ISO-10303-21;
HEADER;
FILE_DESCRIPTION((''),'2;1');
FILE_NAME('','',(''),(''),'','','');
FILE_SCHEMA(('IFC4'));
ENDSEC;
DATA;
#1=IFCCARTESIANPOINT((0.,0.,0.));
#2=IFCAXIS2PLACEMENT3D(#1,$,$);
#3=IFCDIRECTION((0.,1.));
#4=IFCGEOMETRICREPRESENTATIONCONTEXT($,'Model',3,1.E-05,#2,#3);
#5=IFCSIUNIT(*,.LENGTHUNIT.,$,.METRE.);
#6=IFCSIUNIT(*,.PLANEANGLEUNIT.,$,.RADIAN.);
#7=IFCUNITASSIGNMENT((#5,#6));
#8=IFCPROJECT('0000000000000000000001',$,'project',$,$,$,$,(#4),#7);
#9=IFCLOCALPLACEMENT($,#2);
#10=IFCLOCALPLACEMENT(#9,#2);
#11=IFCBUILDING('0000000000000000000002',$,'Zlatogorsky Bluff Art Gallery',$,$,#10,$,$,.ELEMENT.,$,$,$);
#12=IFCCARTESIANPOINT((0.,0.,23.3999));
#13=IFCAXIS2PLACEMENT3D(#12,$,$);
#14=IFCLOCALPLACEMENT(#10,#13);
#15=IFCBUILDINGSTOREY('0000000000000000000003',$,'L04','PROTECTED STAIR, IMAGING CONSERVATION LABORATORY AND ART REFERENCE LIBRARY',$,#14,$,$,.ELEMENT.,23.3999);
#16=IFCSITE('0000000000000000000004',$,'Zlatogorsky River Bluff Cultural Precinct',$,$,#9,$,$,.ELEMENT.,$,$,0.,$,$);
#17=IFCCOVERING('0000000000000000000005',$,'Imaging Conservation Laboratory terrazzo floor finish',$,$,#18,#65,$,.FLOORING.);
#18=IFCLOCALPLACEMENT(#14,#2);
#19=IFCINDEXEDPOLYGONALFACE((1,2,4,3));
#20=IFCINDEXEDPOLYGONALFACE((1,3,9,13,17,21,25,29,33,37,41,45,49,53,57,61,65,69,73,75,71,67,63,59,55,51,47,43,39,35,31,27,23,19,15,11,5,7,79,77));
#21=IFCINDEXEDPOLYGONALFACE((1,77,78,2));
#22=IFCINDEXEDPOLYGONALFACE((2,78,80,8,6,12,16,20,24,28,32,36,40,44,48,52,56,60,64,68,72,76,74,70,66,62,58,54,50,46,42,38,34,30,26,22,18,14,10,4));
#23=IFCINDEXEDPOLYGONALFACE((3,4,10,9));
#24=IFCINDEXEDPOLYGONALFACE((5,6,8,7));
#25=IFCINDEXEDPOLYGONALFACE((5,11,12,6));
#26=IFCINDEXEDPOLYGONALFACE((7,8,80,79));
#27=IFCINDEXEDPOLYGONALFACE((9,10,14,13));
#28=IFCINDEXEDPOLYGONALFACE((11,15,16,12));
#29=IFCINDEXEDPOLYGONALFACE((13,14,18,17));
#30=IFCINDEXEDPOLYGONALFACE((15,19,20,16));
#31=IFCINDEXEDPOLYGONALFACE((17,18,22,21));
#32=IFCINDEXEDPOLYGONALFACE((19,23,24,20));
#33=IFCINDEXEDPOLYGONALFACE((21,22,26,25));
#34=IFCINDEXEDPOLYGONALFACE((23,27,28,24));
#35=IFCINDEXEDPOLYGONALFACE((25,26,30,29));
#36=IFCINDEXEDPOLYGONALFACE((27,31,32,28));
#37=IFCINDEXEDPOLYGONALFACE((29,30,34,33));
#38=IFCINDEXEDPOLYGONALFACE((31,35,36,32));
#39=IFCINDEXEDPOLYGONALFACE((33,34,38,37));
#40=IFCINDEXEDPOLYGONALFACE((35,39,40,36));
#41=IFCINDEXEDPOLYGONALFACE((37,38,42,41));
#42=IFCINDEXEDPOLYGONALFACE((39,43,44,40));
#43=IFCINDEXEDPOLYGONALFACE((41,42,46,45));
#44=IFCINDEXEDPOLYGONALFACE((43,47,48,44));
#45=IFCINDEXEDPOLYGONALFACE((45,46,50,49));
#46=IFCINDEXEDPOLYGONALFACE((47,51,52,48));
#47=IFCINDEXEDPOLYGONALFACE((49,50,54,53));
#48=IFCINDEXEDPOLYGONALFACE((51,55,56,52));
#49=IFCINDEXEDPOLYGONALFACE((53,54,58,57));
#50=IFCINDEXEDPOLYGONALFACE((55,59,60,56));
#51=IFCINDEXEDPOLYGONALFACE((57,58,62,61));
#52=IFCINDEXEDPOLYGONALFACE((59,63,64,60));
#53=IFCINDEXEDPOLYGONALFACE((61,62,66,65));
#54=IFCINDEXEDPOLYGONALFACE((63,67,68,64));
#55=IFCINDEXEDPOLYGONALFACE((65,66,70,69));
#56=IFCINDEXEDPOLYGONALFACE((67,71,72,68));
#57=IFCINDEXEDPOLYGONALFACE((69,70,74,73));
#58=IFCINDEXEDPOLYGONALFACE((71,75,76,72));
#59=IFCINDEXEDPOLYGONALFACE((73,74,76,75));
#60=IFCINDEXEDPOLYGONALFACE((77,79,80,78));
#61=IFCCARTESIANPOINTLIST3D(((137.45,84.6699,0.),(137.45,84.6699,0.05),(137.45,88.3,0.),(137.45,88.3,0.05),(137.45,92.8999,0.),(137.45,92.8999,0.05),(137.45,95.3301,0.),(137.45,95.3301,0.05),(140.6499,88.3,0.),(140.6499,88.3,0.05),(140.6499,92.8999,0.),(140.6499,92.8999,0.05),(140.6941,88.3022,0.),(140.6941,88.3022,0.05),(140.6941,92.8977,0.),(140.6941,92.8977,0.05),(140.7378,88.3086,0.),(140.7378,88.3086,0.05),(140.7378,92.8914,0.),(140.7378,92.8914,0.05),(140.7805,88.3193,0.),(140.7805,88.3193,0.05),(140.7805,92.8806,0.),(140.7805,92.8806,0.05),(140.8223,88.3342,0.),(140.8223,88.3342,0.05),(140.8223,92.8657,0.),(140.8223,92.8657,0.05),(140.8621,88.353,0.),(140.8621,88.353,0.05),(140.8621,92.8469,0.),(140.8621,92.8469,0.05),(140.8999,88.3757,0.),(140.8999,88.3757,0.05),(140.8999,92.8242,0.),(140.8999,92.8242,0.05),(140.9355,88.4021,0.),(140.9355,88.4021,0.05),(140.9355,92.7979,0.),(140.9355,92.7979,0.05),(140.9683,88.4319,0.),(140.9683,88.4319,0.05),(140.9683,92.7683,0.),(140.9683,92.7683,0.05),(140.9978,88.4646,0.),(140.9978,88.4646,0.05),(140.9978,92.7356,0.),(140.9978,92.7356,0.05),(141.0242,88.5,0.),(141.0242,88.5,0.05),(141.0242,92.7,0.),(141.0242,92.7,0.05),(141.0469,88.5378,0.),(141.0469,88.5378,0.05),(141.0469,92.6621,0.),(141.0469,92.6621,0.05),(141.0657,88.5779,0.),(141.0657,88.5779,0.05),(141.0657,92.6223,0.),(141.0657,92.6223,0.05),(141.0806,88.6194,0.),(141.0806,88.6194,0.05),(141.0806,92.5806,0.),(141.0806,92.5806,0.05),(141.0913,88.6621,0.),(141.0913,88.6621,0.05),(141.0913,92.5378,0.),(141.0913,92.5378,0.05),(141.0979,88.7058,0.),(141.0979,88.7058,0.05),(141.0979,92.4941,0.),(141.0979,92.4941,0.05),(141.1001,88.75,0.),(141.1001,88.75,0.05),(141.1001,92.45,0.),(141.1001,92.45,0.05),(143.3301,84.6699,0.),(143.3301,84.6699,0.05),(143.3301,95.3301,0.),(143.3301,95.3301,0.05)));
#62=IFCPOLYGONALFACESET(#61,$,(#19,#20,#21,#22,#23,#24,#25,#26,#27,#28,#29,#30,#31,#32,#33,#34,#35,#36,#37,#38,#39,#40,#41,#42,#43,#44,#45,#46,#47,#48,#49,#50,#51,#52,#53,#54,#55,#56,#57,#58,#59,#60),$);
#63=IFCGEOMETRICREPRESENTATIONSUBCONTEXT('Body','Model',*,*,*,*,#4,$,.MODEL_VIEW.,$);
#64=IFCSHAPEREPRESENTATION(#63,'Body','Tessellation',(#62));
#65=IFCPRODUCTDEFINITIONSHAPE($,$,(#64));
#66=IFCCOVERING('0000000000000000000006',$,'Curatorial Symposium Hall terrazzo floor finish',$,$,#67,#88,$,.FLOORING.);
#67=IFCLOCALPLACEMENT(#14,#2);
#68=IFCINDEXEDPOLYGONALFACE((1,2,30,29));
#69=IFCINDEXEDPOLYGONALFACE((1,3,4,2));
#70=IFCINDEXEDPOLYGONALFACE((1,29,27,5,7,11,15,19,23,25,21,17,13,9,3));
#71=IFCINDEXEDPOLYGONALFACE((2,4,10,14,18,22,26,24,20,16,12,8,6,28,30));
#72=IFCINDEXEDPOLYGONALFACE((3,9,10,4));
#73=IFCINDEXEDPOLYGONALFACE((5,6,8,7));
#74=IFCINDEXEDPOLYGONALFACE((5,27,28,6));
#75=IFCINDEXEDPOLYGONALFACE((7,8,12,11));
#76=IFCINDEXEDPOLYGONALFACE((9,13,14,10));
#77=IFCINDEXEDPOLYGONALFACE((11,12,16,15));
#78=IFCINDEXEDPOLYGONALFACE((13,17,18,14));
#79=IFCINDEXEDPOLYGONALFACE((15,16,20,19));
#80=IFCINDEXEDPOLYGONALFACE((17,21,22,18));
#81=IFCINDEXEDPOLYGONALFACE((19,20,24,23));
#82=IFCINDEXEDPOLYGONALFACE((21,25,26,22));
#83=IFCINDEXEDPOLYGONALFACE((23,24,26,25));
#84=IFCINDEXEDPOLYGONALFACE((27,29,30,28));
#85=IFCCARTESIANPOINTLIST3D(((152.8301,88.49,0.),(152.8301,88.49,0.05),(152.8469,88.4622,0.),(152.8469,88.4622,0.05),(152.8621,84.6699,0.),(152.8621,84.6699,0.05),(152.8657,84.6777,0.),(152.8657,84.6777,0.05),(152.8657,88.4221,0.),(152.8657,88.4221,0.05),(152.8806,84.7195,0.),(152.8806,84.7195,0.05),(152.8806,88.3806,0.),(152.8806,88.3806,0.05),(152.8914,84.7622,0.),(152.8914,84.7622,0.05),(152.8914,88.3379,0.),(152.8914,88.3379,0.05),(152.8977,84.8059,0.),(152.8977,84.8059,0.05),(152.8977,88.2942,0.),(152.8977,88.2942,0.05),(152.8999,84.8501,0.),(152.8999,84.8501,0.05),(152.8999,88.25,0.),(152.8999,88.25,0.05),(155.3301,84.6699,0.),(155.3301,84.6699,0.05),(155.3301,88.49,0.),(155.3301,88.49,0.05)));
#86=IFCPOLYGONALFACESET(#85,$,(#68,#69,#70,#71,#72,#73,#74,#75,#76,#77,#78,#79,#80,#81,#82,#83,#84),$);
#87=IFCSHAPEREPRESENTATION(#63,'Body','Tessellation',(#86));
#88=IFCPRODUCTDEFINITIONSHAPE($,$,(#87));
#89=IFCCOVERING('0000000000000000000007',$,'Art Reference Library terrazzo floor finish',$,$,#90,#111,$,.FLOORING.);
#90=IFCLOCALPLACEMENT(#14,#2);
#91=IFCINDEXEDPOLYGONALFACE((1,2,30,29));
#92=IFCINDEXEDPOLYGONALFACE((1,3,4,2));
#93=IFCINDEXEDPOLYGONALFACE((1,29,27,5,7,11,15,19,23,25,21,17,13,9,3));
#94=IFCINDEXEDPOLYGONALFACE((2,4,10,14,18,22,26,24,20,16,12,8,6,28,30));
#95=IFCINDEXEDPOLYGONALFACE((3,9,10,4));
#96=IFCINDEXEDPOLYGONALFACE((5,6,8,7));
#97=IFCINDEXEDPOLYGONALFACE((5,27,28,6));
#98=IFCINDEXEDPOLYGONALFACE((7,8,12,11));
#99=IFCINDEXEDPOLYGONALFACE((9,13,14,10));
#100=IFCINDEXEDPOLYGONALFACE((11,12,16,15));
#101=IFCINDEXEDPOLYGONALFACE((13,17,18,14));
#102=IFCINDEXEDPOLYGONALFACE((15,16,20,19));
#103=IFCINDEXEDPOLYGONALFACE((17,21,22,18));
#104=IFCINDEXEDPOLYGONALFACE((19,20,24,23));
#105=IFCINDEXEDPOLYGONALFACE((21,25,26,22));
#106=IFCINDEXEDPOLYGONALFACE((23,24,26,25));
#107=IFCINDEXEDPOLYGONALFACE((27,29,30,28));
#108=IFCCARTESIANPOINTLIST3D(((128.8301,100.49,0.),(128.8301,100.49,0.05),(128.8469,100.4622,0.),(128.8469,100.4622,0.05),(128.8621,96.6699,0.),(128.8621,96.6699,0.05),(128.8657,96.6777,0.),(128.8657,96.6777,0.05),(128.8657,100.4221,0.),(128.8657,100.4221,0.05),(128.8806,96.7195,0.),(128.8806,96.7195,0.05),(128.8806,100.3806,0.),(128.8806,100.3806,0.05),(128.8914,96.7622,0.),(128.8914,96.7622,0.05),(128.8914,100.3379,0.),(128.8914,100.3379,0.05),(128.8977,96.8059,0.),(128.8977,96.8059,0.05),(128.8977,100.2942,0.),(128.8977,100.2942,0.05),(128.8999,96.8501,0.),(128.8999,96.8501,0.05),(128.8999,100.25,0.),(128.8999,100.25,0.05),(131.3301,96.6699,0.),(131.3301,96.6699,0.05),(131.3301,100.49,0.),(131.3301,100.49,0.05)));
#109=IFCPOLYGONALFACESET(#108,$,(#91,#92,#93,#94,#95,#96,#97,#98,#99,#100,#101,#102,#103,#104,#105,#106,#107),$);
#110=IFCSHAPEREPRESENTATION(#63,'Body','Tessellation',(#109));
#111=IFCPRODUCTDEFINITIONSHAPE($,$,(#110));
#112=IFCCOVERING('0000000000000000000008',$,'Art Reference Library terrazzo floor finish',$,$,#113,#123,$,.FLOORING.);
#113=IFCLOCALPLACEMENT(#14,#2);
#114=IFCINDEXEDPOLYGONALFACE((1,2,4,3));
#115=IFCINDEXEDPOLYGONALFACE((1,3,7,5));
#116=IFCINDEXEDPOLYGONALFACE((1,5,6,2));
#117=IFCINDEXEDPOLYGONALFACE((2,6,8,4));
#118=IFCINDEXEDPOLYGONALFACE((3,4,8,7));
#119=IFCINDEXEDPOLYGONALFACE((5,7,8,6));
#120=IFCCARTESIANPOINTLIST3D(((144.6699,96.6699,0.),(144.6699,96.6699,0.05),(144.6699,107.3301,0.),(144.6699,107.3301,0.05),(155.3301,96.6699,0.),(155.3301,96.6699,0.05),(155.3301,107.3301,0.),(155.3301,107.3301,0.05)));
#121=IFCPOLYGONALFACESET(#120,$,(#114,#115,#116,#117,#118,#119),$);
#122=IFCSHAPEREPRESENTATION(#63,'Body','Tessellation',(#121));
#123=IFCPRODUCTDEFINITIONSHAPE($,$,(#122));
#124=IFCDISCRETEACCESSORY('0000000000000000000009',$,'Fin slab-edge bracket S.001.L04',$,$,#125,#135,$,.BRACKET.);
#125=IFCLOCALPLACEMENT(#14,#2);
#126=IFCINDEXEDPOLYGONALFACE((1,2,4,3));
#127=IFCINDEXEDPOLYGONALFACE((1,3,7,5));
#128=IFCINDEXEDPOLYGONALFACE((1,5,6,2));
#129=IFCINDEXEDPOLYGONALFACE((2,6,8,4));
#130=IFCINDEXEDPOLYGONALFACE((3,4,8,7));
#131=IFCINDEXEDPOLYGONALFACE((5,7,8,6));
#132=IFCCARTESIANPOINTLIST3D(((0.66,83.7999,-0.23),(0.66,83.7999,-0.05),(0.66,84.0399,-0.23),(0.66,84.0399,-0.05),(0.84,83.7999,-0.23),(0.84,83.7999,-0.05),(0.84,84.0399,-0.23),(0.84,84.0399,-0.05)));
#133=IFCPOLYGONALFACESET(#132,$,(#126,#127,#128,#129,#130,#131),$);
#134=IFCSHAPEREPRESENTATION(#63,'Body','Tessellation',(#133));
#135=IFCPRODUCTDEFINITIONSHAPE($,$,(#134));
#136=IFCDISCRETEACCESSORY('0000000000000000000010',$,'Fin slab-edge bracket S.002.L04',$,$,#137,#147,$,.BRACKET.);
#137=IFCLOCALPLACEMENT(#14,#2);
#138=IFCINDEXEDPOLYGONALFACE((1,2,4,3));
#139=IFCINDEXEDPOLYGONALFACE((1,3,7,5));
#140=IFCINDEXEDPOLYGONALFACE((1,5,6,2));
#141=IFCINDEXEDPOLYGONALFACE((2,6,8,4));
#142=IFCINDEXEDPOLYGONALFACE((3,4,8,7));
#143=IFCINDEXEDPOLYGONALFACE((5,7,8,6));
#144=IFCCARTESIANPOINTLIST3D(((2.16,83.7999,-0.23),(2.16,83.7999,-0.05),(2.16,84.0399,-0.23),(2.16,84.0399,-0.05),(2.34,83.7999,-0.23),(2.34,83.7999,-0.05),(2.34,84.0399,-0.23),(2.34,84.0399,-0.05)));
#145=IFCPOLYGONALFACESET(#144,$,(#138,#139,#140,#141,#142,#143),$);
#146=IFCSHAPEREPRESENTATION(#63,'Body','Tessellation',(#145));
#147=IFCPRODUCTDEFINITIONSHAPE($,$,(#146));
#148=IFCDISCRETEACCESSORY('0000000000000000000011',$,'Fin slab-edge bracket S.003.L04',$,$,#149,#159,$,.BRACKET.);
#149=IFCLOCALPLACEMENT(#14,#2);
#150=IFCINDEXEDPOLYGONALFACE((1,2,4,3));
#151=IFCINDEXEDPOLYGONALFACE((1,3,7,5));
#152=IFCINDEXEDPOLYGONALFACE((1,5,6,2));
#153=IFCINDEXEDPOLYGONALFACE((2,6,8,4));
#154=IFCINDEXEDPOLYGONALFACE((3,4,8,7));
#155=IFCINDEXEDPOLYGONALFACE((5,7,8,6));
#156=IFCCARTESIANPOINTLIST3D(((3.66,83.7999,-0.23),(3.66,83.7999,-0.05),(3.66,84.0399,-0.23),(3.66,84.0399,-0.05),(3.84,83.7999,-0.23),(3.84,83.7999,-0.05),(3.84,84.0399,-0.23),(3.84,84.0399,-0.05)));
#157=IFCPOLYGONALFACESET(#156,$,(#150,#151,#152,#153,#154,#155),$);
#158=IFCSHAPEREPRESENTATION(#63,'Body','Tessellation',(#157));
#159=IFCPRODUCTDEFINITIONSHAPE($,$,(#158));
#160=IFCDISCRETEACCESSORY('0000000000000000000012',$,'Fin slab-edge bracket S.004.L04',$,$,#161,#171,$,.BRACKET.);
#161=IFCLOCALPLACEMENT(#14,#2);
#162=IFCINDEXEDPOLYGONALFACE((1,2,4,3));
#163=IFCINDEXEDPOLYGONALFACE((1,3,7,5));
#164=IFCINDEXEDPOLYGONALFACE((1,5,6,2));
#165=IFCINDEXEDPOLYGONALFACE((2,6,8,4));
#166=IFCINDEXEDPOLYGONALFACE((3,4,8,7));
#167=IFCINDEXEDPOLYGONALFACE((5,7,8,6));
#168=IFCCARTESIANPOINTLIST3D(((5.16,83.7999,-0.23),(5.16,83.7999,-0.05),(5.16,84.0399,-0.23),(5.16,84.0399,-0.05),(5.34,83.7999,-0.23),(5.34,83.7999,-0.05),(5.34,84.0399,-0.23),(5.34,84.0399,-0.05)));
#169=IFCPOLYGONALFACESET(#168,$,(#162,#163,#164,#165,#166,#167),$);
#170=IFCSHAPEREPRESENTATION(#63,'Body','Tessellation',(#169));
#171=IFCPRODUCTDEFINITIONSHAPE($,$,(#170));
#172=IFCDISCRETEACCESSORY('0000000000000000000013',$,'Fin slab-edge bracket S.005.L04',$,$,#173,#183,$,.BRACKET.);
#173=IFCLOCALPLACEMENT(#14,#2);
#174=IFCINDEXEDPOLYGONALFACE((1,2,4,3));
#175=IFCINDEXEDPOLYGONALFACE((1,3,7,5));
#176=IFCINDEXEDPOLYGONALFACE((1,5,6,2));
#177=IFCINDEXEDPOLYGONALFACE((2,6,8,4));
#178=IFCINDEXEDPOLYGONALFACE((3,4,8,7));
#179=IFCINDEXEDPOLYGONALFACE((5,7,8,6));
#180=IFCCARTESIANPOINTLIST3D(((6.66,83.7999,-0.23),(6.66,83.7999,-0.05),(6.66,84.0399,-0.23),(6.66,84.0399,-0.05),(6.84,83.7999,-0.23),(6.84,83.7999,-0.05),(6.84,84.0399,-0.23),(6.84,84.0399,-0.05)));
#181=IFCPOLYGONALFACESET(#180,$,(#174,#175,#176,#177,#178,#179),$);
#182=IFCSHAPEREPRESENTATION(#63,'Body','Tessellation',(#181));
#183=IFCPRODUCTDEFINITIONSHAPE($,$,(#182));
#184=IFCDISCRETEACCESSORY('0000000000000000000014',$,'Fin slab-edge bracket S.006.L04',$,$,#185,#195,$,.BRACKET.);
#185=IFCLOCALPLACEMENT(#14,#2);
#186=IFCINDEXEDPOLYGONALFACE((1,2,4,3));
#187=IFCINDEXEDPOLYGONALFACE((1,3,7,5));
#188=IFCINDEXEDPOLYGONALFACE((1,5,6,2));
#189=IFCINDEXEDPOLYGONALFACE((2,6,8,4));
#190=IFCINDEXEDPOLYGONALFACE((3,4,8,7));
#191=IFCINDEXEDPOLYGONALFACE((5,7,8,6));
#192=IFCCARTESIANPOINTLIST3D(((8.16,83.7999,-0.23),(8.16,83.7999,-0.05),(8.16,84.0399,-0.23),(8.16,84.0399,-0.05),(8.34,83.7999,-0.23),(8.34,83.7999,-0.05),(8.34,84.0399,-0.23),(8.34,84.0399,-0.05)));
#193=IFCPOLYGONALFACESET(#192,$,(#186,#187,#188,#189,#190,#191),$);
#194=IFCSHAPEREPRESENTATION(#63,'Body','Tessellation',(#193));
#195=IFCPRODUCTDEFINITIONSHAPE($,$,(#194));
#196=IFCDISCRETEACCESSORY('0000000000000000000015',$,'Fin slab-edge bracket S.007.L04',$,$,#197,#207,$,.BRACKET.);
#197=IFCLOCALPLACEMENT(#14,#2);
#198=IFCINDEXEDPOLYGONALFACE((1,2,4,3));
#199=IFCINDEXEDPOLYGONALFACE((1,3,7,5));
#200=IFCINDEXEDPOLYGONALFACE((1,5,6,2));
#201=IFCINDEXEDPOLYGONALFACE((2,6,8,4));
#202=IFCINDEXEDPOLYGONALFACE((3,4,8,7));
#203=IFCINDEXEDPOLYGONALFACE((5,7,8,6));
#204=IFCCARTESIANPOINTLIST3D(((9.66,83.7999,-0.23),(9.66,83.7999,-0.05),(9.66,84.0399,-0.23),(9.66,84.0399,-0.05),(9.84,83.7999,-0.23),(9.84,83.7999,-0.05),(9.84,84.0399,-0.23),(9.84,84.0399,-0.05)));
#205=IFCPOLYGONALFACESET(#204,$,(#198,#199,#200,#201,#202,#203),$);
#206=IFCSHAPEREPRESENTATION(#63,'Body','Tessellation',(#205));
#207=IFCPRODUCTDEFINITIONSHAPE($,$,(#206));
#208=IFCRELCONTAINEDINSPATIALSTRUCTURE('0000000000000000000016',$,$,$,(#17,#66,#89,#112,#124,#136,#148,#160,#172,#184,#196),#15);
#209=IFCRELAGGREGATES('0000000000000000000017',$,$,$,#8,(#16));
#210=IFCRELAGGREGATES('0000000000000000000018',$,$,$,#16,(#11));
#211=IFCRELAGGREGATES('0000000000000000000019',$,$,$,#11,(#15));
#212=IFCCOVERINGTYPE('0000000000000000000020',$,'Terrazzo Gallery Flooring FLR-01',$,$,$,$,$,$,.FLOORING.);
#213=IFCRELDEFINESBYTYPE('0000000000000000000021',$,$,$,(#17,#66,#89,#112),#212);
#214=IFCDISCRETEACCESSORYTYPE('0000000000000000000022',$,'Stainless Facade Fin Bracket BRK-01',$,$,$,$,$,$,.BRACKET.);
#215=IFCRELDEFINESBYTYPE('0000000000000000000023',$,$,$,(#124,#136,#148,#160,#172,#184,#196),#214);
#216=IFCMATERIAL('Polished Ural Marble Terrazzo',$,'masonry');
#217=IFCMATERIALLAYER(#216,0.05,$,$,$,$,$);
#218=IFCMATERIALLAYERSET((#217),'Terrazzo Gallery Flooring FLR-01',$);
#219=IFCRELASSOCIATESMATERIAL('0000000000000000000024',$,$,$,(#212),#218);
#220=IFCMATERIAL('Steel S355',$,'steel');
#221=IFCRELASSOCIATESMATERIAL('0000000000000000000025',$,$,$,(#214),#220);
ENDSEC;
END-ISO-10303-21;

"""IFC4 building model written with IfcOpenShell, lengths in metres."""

from ifc_helpers import new_model, si_unit, direction, frame, origin, origin_2d, place, context, subcontext, project, spatial, polyline, rectangle, outline, extrude, material, layer, layer_set, type_object, element, save


model = new_model("IFC4")

# Units and contexts
model_context = context("Model", 3, precision=1e-05, world=origin(), true_north=direction((0.0, 1.0)))
body_context = subcontext(model_context, "Body", "Model", "MODEL_VIEW")
ifc_project = project(units=[si_unit("LENGTHUNIT", "METRE"), si_unit("PLANEANGLEUNIT", "RADIAN")], contexts=[model_context])

# Site, building, storey
site_placement = place(None, origin())
site = spatial("IfcSite", under=ifc_project, at=site_placement, Name="Zlatogorsky River Bluff Cultural Precinct", CompositionType="ELEMENT", RefElevation=0.0)
building_placement = place(site_placement, origin())
building = spatial("IfcBuilding", under=site, at=building_placement, Name="Zlatogorsky Bluff Art Gallery", CompositionType="ELEMENT")
storey_placement = place(building_placement, frame((0.0, 0.0, 23.3999)))
storey = spatial("IfcBuildingStorey", under=building, at=storey_placement, Name="L04", Description="PROTECTED STAIR, IMAGING CONSERVATION LABORATORY AND ART REFERENCE LIBRARY", CompositionType="ELEMENT", Elevation=23.3999)

# Coverings
ifc_material_1 = material(Name="Polished Ural Marble Terrazzo", Category="masonry")
ifc_layer_1 = layer(ifc_material_1, 0.05)
ifc_layer_set_1 = layer_set([ifc_layer_1], Name="Terrazzo Gallery Flooring FLR-01")
covering_type_1 = type_object("IfcCoveringType", Name="Terrazzo Gallery Flooring FLR-01", PredefinedType="FLOORING", material=ifc_layer_set_1)
covering_1_placement = place(storey_placement, origin())
element("IfcCovering", 1, at=covering_1_placement, inside=storey, type_object=covering_type_1, Name="Imaging Conservation Laboratory terrazzo floor finish", PredefinedType="FLOORING", context=body_context, shape_type="SweptSolid", body=[
    extrude(outline(polyline([(140.6499, 88.3), (140.6941, 88.3022), (140.7378, 88.3086), (140.7805, 88.3193), (140.8223, 88.3342), (140.8621, 88.353), (140.8999, 88.3757), (140.9355, 88.4021), (140.9683, 88.4319), (140.9978, 88.4646), (141.0242, 88.5), (141.0469, 88.5378), (141.0657, 88.5779), (141.0806, 88.6194), (141.0913, 88.6621), (141.0979, 88.7058), (141.1001, 88.75), (141.1001, 92.45), (141.0979, 92.4941), (141.0913, 92.5378), (141.0806, 92.5806), (141.0657, 92.6223), (141.0469, 92.6621), (141.0242, 92.7), (140.9978, 92.7356), (140.9683, 92.7683), (140.9355, 92.7979), (140.8999, 92.8242), (140.8621, 92.8469), (140.8223, 92.8657), (140.7805, 92.8806), (140.7378, 92.8914), (140.6941, 92.8977), (140.6499, 92.8999), (137.45, 92.8999), (137.45, 95.3301), (143.3301, 95.3301), (143.3301, 84.6699), (137.45, 84.6699), (137.45, 88.3), (140.6499, 88.3)])), origin(), (0.0, 0.0, 1.0), 0.05),
])
covering_2_placement = place(storey_placement, origin())
element("IfcCovering", 2, at=covering_2_placement, inside=storey, type_object=covering_type_1, Name="Curatorial Symposium Hall terrazzo floor finish", PredefinedType="FLOORING", context=body_context, shape_type="SweptSolid", body=[
    extrude(outline(polyline([(155.3301, 88.49), (155.3301, 84.6699), (152.8621, 84.6699), (152.8657, 84.6777), (152.8806, 84.7195), (152.8914, 84.7622), (152.8977, 84.8059), (152.8999, 84.8501), (152.8999, 88.25), (152.8977, 88.2942), (152.8914, 88.3379), (152.8806, 88.3806), (152.8657, 88.4221), (152.8469, 88.4622), (152.8301, 88.49), (155.3301, 88.49)])), origin(), (0.0, 0.0, 1.0), 0.05),
])
covering_3_placement = place(storey_placement, origin())
element("IfcCovering", 3, at=covering_3_placement, inside=storey, type_object=covering_type_1, Name="Art Reference Library terrazzo floor finish", PredefinedType="FLOORING", context=body_context, shape_type="SweptSolid", body=[
    extrude(outline(polyline([(131.3301, 100.49), (131.3301, 96.6699), (128.8621, 96.6699), (128.8657, 96.6777), (128.8806, 96.7195), (128.8914, 96.7622), (128.8977, 96.8059), (128.8999, 96.8501), (128.8999, 100.25), (128.8977, 100.2942), (128.8914, 100.3379), (128.8806, 100.3806), (128.8657, 100.4221), (128.8469, 100.4622), (128.8301, 100.49), (131.3301, 100.49)])), origin(), (0.0, 0.0, 1.0), 0.05),
])
covering_4_placement = place(storey_placement, origin())
element("IfcCovering", 4, at=covering_4_placement, inside=storey, type_object=covering_type_1, Name="Art Reference Library terrazzo floor finish", PredefinedType="FLOORING", context=body_context, shape_type="SweptSolid", body=[
    extrude(outline(polyline([(155.3301, 107.3301), (155.3301, 96.6699), (144.6699, 96.6699), (144.6699, 107.3301), (155.3301, 107.3301)])), origin(), (0.0, 0.0, 1.0), 0.05),
])

# Discrete accessories
ifc_material_2 = material(Name="Steel S355", Category="steel")
discrete_accessory_type = type_object("IfcDiscreteAccessoryType", Name="Stainless Facade Fin Bracket BRK-01", PredefinedType="BRACKET", material=ifc_material_2)
for number, where, z_axis, x_axis, name in (
    (5, (0.75, 83.9199, -0.23), (0.0, 0.0, 1.0), (1.0, 0.0, 0.0), "Fin slab-edge bracket S.001.L04"),
    (6, (2.25, 83.9199, -0.23), (0.0, 0.0, 1.0), (1.0, 0.0, 0.0), "Fin slab-edge bracket S.002.L04"),
    (7, (3.75, 83.9199, -0.23), (0.0, 0.0, 1.0), (1.0, 0.0, 0.0), "Fin slab-edge bracket S.003.L04"),
    (8, (5.25, 83.9199, -0.23), (0.0, 0.0, 1.0), (1.0, 0.0, 0.0), "Fin slab-edge bracket S.004.L04"),
    (9, (6.75, 83.9199, -0.23), (0.0, 0.0, 1.0), (1.0, 0.0, 0.0), "Fin slab-edge bracket S.005.L04"),
    (10, (8.25, 83.9199, -0.23), (0.0, 0.0, 1.0), (1.0, 0.0, 0.0), "Fin slab-edge bracket S.006.L04"),
    (11, (9.75, 83.9199, -0.23), (0.0, 0.0, 1.0), (1.0, 0.0, 0.0), "Fin slab-edge bracket S.007.L04"),
):
    element("IfcDiscreteAccessory", number, at=place(storey_placement, frame(where, z_axis=z_axis, x_axis=x_axis)), inside=storey, type_object=discrete_accessory_type, Name=name, PredefinedType="BRACKET", context=body_context, shape_type="SweptSolid", body=[
        extrude(rectangle(XDim=0.1799, YDim=0.24, at=origin_2d()), origin(), (0.0, 0.0, 1.0), 0.1799),
    ])

save(model, "model.ifc")
